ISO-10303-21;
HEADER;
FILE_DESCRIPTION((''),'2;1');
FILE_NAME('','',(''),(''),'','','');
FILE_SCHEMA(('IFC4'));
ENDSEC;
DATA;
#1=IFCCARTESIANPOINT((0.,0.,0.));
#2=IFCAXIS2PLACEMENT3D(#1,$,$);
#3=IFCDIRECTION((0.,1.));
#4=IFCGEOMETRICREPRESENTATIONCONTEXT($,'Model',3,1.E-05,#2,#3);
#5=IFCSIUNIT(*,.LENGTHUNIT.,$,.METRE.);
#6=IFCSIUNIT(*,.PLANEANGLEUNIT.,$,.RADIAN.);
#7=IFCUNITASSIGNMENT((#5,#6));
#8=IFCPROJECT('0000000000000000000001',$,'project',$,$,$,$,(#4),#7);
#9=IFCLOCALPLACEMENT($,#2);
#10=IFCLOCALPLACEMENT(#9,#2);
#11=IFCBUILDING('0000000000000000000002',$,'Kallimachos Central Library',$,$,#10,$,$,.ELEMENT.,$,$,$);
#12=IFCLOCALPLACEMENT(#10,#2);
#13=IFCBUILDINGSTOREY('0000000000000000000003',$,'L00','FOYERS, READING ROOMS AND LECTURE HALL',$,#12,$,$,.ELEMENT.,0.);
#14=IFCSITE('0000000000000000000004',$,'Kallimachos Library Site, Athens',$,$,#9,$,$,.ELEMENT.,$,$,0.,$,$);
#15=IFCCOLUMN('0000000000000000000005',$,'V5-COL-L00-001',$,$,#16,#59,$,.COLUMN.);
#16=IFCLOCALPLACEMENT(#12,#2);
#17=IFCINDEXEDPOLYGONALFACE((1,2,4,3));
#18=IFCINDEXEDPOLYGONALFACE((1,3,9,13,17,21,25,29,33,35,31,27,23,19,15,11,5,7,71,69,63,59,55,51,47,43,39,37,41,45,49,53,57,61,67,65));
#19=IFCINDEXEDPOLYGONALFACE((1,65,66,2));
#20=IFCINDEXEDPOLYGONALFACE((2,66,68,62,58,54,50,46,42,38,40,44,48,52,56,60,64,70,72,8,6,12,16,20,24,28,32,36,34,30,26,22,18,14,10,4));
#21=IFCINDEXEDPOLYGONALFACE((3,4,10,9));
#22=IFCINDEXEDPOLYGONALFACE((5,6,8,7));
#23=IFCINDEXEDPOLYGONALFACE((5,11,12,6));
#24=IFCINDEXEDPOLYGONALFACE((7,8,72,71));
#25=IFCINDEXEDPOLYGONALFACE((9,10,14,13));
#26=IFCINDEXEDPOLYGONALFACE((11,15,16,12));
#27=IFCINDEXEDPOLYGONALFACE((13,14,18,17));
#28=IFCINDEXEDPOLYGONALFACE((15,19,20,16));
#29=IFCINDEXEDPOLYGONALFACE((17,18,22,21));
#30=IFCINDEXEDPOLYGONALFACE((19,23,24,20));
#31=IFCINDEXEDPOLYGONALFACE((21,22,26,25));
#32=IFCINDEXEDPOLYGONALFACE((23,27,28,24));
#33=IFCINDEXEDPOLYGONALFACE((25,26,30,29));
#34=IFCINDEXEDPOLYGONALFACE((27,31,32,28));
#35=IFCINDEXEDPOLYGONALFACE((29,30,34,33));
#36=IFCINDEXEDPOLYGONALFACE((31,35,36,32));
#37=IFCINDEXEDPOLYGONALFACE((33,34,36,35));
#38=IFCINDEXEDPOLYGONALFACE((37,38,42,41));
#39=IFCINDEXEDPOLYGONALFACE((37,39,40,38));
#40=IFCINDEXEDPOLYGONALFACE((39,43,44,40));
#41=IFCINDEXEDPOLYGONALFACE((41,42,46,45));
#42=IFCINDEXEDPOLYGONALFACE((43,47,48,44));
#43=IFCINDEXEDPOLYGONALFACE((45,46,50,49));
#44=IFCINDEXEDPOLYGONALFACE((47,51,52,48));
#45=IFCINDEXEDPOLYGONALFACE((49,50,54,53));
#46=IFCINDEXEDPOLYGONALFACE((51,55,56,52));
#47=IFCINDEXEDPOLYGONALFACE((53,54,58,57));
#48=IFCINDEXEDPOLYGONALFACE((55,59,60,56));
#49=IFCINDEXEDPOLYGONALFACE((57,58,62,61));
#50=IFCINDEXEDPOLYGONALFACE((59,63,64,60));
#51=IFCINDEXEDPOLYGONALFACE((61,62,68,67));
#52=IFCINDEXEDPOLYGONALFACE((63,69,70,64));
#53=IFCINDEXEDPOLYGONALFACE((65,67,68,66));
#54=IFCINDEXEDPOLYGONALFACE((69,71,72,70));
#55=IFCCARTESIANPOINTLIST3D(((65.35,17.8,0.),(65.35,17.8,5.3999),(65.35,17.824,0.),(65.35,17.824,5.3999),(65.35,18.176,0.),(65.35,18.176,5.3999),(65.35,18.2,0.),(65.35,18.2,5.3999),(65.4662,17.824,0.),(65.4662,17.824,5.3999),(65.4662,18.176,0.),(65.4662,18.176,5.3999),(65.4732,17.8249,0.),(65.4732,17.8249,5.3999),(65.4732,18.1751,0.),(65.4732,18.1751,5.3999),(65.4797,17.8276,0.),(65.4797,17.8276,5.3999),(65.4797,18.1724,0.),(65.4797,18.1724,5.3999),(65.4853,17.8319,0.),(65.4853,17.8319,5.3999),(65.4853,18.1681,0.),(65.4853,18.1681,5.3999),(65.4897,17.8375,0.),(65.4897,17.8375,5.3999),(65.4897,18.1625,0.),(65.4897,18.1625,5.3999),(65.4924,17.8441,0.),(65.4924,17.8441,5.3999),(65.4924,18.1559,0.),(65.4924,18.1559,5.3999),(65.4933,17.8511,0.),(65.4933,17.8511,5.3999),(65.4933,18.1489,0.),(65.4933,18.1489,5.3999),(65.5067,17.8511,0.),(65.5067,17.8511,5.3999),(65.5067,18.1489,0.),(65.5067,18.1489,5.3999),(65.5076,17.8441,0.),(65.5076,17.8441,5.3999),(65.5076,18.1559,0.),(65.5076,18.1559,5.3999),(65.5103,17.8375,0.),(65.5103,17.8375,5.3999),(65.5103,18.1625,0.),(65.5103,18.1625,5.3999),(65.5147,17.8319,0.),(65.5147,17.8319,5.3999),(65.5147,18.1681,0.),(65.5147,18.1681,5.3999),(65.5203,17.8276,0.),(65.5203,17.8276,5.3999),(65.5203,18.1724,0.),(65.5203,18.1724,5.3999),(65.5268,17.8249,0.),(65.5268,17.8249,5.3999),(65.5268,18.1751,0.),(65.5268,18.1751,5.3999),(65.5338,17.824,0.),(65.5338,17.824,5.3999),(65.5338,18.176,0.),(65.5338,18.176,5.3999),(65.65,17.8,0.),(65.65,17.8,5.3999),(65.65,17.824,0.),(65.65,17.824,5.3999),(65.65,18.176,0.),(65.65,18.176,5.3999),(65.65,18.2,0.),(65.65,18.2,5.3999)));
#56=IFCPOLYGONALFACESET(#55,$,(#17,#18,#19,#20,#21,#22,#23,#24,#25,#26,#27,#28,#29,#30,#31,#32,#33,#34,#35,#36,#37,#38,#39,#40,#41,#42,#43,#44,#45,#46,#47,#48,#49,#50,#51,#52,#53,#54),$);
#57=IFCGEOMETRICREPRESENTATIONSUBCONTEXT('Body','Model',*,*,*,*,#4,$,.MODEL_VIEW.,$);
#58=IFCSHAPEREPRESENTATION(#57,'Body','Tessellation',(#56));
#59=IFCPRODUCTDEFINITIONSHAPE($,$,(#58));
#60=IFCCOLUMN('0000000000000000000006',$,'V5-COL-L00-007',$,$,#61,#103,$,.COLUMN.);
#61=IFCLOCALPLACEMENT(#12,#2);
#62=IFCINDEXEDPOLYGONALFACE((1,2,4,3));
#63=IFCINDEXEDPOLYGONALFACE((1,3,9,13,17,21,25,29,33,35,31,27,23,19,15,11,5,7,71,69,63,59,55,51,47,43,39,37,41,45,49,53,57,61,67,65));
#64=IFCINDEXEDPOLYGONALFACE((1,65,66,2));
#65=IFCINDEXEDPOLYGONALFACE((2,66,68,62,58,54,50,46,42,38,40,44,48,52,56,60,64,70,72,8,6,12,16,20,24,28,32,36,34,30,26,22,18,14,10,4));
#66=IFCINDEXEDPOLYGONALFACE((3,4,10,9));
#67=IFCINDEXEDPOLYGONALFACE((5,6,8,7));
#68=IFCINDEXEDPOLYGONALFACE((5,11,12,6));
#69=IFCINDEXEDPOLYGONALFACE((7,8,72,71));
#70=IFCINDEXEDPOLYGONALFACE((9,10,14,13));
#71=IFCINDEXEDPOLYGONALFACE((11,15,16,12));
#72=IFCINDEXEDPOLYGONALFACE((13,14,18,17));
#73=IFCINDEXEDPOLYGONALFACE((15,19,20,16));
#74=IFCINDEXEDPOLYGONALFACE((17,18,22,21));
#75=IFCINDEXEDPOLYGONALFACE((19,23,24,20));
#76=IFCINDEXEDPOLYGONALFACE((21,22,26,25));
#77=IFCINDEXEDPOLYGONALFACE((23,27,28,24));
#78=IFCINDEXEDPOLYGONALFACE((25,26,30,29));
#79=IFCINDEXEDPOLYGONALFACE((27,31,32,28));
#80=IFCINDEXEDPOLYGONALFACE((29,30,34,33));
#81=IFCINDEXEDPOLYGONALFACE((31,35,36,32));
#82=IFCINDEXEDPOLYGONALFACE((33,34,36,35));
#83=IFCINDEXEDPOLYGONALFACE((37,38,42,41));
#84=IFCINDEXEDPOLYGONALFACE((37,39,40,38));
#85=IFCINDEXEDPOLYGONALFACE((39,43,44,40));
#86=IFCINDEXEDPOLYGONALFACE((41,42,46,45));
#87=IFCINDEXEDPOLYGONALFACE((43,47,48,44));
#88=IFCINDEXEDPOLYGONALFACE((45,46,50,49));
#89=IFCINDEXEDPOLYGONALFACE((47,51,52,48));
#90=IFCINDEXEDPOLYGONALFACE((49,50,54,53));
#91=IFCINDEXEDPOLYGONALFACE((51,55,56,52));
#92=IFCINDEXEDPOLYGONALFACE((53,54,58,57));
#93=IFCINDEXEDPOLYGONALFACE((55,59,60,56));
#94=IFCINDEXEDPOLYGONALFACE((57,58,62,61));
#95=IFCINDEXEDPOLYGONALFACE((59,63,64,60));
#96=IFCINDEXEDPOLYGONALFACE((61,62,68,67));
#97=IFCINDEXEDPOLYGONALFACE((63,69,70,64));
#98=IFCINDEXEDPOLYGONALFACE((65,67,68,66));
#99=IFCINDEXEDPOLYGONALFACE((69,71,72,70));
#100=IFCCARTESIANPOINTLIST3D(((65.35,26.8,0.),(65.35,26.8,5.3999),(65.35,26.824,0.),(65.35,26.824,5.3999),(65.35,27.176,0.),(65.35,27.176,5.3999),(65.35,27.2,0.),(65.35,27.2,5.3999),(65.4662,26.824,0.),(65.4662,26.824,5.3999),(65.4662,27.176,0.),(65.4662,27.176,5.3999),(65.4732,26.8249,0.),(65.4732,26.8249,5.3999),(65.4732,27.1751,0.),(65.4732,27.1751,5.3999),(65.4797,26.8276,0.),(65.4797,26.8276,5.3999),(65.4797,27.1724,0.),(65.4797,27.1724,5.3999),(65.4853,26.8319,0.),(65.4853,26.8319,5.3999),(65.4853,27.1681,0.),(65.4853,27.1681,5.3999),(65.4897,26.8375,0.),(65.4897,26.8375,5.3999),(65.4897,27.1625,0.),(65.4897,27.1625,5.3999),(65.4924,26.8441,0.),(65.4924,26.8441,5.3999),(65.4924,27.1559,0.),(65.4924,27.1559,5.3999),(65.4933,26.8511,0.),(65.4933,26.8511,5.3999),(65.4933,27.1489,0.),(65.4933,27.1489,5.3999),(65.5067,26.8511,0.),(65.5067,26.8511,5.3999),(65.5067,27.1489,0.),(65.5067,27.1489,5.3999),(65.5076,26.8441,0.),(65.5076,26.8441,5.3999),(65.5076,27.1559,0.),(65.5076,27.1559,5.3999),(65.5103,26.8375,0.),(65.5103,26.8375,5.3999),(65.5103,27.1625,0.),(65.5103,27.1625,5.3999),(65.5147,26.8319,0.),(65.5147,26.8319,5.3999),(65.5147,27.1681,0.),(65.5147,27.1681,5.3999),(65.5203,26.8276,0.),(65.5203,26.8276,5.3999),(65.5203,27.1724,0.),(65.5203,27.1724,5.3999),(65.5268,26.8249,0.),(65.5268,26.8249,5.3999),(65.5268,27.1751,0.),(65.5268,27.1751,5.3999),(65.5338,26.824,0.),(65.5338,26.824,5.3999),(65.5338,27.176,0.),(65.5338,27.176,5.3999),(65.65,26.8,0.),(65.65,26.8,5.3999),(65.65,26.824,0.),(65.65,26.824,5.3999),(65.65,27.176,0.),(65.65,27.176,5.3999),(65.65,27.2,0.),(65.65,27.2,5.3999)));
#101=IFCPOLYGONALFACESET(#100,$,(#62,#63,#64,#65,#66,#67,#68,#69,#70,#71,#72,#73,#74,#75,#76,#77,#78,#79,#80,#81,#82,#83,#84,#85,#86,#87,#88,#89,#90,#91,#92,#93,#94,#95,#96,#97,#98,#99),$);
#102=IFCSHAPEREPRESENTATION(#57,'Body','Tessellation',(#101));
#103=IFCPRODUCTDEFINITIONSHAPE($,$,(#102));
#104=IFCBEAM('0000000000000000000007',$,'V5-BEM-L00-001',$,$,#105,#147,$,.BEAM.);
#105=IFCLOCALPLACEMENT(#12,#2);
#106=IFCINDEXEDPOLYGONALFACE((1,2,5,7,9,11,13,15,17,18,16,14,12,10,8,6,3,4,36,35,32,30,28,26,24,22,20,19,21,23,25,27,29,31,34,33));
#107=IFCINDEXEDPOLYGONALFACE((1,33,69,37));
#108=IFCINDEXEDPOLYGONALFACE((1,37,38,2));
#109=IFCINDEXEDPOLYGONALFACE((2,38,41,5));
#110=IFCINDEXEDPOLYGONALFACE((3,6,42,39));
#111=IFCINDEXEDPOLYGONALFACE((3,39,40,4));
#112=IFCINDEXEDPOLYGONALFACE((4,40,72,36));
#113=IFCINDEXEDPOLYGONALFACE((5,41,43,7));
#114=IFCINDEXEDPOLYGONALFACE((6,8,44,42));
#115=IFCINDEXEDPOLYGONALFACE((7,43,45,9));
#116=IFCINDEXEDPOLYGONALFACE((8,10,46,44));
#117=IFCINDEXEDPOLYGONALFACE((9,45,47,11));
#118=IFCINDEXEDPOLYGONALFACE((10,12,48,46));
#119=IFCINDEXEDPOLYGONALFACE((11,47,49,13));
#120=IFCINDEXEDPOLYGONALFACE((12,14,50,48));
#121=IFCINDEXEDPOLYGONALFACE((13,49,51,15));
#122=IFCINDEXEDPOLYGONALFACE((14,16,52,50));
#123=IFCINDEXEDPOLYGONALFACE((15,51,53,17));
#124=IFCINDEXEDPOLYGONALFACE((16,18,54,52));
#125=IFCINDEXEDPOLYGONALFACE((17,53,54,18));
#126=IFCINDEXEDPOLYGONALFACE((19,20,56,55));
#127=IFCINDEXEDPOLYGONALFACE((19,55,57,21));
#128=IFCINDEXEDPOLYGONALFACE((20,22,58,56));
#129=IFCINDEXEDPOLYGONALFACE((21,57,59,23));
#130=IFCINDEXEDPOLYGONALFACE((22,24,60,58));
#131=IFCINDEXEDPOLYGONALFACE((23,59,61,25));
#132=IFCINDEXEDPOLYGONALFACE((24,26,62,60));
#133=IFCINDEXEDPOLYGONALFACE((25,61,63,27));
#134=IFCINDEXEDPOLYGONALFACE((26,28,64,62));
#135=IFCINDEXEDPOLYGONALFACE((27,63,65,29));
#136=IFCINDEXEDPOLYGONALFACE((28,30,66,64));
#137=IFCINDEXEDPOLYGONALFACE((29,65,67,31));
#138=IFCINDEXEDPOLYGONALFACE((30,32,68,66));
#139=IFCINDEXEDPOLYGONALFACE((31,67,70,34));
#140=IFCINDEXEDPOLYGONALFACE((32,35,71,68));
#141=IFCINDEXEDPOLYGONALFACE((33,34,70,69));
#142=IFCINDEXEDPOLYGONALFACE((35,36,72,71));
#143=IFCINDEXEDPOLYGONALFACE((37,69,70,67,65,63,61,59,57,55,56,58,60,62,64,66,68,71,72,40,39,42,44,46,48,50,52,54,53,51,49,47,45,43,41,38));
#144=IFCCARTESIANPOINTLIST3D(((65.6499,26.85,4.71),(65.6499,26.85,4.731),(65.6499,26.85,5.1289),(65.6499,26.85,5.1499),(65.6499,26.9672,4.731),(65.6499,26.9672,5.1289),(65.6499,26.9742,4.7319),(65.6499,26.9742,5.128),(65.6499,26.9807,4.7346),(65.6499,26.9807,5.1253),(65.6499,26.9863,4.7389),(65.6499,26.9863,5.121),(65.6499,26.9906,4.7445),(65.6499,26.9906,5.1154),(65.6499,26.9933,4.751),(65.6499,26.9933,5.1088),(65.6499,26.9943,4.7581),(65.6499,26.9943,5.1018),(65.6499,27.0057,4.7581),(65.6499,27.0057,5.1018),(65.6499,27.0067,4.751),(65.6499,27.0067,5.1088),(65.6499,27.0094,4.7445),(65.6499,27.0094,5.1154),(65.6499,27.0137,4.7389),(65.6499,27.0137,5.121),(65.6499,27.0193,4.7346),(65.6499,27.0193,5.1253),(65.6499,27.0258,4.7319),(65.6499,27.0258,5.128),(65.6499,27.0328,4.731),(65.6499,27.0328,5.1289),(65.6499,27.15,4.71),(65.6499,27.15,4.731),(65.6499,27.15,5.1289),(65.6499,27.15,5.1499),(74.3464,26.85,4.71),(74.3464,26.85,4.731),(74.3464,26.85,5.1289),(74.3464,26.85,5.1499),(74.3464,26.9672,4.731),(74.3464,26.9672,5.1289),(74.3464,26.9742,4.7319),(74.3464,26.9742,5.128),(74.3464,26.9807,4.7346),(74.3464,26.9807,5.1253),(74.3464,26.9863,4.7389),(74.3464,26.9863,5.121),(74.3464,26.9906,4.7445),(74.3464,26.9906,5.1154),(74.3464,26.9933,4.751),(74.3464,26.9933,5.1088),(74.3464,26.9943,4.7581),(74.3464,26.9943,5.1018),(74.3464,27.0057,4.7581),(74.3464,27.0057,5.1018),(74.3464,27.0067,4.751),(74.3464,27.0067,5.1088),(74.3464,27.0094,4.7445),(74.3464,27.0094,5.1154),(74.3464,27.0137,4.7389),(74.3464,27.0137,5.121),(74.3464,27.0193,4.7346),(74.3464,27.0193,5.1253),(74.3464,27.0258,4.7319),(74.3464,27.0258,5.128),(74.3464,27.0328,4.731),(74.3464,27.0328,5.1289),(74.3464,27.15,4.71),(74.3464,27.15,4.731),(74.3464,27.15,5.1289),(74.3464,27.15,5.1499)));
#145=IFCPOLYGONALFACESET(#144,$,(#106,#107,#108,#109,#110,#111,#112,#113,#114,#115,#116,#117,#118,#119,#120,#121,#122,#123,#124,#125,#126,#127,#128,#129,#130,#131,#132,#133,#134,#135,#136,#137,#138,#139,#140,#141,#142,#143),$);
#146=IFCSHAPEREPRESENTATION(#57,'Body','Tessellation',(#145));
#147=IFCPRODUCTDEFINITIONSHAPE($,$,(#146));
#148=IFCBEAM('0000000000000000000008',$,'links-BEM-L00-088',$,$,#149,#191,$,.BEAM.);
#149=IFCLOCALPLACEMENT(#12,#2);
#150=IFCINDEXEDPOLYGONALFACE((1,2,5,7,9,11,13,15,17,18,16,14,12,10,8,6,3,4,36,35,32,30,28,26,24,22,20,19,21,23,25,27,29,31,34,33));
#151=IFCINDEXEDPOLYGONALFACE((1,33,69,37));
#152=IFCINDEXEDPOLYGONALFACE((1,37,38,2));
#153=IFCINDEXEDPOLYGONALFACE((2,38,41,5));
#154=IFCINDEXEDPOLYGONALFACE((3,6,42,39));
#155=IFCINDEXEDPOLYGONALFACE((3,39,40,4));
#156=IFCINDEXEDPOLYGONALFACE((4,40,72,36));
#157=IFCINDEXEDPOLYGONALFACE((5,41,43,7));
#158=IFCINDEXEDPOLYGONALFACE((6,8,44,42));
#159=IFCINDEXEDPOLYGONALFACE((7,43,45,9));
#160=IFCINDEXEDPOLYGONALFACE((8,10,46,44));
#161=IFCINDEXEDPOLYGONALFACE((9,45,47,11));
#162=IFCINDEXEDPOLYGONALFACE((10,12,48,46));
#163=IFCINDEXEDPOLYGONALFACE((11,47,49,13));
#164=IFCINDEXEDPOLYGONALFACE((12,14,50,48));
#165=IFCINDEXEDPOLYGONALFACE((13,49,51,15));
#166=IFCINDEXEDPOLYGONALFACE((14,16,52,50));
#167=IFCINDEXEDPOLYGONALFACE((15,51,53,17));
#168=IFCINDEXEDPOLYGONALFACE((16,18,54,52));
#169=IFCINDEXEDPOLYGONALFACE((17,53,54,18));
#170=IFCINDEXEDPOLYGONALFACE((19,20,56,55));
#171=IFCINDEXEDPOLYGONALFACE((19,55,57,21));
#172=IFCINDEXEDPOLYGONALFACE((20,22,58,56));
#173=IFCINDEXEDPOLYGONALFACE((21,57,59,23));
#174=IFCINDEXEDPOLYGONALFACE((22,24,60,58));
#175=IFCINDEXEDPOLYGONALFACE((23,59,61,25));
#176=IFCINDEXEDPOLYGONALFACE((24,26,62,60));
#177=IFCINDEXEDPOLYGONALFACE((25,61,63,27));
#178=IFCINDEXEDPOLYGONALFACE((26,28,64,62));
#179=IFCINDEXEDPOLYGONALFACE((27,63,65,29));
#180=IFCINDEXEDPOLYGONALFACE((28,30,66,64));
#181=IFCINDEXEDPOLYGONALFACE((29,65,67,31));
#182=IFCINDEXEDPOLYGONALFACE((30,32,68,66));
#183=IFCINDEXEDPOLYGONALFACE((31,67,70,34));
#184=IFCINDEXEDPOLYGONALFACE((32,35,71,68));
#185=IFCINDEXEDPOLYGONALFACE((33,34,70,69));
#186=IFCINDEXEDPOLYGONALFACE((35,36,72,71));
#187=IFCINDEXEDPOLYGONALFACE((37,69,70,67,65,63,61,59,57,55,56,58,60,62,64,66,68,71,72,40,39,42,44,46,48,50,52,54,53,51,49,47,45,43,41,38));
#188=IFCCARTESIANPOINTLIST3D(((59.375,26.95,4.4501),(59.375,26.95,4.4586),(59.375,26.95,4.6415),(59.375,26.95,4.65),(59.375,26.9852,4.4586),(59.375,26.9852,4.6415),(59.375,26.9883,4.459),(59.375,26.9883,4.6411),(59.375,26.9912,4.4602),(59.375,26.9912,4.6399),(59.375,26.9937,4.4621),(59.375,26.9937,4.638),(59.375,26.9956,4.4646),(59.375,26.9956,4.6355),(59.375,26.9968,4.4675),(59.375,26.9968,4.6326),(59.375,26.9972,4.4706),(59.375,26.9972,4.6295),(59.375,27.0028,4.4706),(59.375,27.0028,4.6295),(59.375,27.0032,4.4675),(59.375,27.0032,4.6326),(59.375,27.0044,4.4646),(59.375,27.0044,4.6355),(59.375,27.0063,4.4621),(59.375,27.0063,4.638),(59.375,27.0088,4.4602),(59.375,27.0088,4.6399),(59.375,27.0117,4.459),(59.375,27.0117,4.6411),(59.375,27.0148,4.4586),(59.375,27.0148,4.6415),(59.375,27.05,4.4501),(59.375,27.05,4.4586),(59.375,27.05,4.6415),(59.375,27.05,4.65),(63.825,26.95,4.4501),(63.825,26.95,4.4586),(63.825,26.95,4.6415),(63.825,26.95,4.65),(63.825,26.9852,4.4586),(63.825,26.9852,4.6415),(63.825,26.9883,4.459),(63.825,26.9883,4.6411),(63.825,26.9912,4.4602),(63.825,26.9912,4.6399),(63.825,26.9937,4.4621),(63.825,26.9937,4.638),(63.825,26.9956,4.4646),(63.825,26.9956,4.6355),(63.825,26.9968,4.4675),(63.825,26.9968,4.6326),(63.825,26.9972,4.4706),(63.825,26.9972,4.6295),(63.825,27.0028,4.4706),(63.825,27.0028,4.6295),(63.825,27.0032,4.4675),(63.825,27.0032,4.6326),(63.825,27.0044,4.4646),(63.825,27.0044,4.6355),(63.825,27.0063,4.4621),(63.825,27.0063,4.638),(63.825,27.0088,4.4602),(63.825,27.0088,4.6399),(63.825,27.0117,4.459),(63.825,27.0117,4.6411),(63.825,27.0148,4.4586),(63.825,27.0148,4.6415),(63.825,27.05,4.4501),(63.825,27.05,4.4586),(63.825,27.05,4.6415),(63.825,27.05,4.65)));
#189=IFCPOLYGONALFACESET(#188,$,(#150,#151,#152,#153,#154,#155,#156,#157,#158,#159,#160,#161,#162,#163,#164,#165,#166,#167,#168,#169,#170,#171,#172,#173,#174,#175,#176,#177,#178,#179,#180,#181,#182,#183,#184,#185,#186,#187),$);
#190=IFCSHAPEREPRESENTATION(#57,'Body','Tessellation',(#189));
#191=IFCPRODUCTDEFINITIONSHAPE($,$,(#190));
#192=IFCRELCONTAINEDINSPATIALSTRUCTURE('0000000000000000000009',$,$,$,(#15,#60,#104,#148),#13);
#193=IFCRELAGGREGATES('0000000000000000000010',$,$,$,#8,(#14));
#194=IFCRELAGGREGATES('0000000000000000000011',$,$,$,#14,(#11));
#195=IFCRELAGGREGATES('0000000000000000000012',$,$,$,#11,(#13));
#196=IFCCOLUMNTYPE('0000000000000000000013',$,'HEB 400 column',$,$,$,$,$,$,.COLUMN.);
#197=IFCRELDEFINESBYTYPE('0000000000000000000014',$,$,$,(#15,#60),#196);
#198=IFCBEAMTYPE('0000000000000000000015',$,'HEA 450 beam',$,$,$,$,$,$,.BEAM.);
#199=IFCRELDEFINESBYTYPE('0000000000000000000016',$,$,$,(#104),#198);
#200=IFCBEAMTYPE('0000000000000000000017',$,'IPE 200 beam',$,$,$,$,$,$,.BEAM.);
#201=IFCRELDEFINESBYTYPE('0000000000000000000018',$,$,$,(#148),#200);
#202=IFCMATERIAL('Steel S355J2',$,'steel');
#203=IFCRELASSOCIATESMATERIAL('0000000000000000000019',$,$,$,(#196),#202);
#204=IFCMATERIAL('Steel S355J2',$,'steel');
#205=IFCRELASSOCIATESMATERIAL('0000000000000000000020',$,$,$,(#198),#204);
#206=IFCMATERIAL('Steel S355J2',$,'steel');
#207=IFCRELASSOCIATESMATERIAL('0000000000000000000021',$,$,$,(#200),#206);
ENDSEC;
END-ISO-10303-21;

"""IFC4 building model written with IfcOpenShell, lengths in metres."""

from ifc_helpers import new_model, si_unit, direction, frame, origin, origin_2d, place, context, subcontext, project, spatial, i_section, extrude, material, material_profile, profile_set, type_object, element, save


model = new_model("IFC4")

# Units and contexts
model_context = context("Model", 3, precision=1e-05, world=origin(), true_north=direction((0.0, 1.0)))
body_context = subcontext(model_context, "Body", "Model", "MODEL_VIEW")
ifc_project = project(units=[si_unit("LENGTHUNIT", "METRE"), si_unit("PLANEANGLEUNIT", "RADIAN")], contexts=[model_context])

# Site, building, storey
site_placement = place(None, origin())
site = spatial("IfcSite", under=ifc_project, at=site_placement, Name="Kallimachos Library Site, Athens", CompositionType="ELEMENT", RefElevation=0.0)
building_placement = place(site_placement, origin())
building = spatial("IfcBuilding", under=site, at=building_placement, Name="Kallimachos Central Library", CompositionType="ELEMENT")
storey_placement = place(building_placement, origin())
storey = spatial("IfcBuildingStorey", under=building, at=storey_placement, Name="L00", Description="FOYERS, READING ROOMS AND LECTURE HALL", CompositionType="ELEMENT", Elevation=0.0)

# Columns
ifc_material_1 = material(Name="Steel S355J2", Category="steel")
ifc_material_profile_1 = material_profile(ifc_material_1, i_section(OverallWidth=0.3, OverallDepth=0.3999, WebThickness=0.0134, FlangeThickness=0.0239, FilletRadius=0.0271, at=origin_2d()), Name="HEB 400")
ifc_profile_set_1 = profile_set([ifc_material_profile_1], Name="Steel S355J2")
column_type_1 = type_object("IfcColumnType", Name="HEB 400 column", PredefinedType="COLUMN", material=ifc_profile_set_1)
for number, where, z_axis, x_axis, name in (
    (1, (65.5, 18.0, 0.0), (0.0, 0.0, 1.0), (1.0, 0.0, 0.0), "V5-COL-L00-001"),
    (2, (65.5, 27.0, 0.0), (0.0, 0.0, 1.0), (1.0, 0.0, 0.0), "V5-COL-L00-007"),
):
    element("IfcColumn", number, at=place(storey_placement, frame(where, z_axis=z_axis, x_axis=x_axis)), inside=storey, type_object=column_type_1, Name=name, PredefinedType="COLUMN", context=body_context, shape_type="SweptSolid", body=[
        extrude(i_section(OverallWidth=0.3, OverallDepth=0.3999, WebThickness=0.0134, FlangeThickness=0.0239, FilletRadius=0.0271, at=origin_2d()), origin(), (0.0, 0.0, 1.0), 5.3999),
    ])

# Beams
ifc_material_2 = material(Name="Steel S355J2", Category="steel")
ifc_material_profile_2 = material_profile(ifc_material_2, i_section(OverallWidth=0.3, OverallDepth=0.4399, WebThickness=0.0115, FlangeThickness=0.021, FilletRadius=0.0271, at=origin_2d()), Name="HEA 450")
ifc_profile_set_2 = profile_set([ifc_material_profile_2], Name="Steel S355J2")
beam_type_1 = type_object("IfcBeamType", Name="HEA 450 beam", PredefinedType="BEAM", material=ifc_profile_set_2)
beam_1_placement = place(storey_placement, frame((65.6499, 27.0, 4.9299), z_axis=(1.0, 0.0, 0.0), x_axis=(0.0, 1.0, 0.0)))
element("IfcBeam", 3, at=beam_1_placement, inside=storey, type_object=beam_type_1, Name="V5-BEM-L00-001", PredefinedType="BEAM", context=body_context, shape_type="SweptSolid", body=[
    extrude(i_section(OverallWidth=0.3, OverallDepth=0.4399, WebThickness=0.0115, FlangeThickness=0.021, FilletRadius=0.0271, at=origin_2d()), origin(), (0.0, 0.0, 1.0), 8.6965),
])
ifc_material_3 = material(Name="Steel S355J2", Category="steel")
ifc_material_profile_3 = material_profile(ifc_material_3, i_section(OverallWidth=0.1001, OverallDepth=0.2, WebThickness=0.0056, FlangeThickness=0.0085, FilletRadius=0.012, at=origin_2d()), Name="IPE 200")
ifc_profile_set_3 = profile_set([ifc_material_profile_3], Name="Steel S355J2")
beam_type_2 = type_object("IfcBeamType", Name="IPE 200 beam", PredefinedType="BEAM", material=ifc_profile_set_3)
beam_2_placement = place(storey_placement, frame((59.375, 27.0, 4.55), z_axis=(1.0, 0.0, 0.0), x_axis=(0.0, 1.0, 0.0)))
element("IfcBeam", 4, at=beam_2_placement, inside=storey, type_object=beam_type_2, Name="links-BEM-L00-088", PredefinedType="BEAM", context=body_context, shape_type="SweptSolid", body=[
    extrude(i_section(OverallWidth=0.1001, OverallDepth=0.2, WebThickness=0.0056, FlangeThickness=0.0085, FilletRadius=0.012, at=origin_2d()), origin(), (0.0, 0.0, 1.0), 4.45),
])

save(model, "model.ifc")
